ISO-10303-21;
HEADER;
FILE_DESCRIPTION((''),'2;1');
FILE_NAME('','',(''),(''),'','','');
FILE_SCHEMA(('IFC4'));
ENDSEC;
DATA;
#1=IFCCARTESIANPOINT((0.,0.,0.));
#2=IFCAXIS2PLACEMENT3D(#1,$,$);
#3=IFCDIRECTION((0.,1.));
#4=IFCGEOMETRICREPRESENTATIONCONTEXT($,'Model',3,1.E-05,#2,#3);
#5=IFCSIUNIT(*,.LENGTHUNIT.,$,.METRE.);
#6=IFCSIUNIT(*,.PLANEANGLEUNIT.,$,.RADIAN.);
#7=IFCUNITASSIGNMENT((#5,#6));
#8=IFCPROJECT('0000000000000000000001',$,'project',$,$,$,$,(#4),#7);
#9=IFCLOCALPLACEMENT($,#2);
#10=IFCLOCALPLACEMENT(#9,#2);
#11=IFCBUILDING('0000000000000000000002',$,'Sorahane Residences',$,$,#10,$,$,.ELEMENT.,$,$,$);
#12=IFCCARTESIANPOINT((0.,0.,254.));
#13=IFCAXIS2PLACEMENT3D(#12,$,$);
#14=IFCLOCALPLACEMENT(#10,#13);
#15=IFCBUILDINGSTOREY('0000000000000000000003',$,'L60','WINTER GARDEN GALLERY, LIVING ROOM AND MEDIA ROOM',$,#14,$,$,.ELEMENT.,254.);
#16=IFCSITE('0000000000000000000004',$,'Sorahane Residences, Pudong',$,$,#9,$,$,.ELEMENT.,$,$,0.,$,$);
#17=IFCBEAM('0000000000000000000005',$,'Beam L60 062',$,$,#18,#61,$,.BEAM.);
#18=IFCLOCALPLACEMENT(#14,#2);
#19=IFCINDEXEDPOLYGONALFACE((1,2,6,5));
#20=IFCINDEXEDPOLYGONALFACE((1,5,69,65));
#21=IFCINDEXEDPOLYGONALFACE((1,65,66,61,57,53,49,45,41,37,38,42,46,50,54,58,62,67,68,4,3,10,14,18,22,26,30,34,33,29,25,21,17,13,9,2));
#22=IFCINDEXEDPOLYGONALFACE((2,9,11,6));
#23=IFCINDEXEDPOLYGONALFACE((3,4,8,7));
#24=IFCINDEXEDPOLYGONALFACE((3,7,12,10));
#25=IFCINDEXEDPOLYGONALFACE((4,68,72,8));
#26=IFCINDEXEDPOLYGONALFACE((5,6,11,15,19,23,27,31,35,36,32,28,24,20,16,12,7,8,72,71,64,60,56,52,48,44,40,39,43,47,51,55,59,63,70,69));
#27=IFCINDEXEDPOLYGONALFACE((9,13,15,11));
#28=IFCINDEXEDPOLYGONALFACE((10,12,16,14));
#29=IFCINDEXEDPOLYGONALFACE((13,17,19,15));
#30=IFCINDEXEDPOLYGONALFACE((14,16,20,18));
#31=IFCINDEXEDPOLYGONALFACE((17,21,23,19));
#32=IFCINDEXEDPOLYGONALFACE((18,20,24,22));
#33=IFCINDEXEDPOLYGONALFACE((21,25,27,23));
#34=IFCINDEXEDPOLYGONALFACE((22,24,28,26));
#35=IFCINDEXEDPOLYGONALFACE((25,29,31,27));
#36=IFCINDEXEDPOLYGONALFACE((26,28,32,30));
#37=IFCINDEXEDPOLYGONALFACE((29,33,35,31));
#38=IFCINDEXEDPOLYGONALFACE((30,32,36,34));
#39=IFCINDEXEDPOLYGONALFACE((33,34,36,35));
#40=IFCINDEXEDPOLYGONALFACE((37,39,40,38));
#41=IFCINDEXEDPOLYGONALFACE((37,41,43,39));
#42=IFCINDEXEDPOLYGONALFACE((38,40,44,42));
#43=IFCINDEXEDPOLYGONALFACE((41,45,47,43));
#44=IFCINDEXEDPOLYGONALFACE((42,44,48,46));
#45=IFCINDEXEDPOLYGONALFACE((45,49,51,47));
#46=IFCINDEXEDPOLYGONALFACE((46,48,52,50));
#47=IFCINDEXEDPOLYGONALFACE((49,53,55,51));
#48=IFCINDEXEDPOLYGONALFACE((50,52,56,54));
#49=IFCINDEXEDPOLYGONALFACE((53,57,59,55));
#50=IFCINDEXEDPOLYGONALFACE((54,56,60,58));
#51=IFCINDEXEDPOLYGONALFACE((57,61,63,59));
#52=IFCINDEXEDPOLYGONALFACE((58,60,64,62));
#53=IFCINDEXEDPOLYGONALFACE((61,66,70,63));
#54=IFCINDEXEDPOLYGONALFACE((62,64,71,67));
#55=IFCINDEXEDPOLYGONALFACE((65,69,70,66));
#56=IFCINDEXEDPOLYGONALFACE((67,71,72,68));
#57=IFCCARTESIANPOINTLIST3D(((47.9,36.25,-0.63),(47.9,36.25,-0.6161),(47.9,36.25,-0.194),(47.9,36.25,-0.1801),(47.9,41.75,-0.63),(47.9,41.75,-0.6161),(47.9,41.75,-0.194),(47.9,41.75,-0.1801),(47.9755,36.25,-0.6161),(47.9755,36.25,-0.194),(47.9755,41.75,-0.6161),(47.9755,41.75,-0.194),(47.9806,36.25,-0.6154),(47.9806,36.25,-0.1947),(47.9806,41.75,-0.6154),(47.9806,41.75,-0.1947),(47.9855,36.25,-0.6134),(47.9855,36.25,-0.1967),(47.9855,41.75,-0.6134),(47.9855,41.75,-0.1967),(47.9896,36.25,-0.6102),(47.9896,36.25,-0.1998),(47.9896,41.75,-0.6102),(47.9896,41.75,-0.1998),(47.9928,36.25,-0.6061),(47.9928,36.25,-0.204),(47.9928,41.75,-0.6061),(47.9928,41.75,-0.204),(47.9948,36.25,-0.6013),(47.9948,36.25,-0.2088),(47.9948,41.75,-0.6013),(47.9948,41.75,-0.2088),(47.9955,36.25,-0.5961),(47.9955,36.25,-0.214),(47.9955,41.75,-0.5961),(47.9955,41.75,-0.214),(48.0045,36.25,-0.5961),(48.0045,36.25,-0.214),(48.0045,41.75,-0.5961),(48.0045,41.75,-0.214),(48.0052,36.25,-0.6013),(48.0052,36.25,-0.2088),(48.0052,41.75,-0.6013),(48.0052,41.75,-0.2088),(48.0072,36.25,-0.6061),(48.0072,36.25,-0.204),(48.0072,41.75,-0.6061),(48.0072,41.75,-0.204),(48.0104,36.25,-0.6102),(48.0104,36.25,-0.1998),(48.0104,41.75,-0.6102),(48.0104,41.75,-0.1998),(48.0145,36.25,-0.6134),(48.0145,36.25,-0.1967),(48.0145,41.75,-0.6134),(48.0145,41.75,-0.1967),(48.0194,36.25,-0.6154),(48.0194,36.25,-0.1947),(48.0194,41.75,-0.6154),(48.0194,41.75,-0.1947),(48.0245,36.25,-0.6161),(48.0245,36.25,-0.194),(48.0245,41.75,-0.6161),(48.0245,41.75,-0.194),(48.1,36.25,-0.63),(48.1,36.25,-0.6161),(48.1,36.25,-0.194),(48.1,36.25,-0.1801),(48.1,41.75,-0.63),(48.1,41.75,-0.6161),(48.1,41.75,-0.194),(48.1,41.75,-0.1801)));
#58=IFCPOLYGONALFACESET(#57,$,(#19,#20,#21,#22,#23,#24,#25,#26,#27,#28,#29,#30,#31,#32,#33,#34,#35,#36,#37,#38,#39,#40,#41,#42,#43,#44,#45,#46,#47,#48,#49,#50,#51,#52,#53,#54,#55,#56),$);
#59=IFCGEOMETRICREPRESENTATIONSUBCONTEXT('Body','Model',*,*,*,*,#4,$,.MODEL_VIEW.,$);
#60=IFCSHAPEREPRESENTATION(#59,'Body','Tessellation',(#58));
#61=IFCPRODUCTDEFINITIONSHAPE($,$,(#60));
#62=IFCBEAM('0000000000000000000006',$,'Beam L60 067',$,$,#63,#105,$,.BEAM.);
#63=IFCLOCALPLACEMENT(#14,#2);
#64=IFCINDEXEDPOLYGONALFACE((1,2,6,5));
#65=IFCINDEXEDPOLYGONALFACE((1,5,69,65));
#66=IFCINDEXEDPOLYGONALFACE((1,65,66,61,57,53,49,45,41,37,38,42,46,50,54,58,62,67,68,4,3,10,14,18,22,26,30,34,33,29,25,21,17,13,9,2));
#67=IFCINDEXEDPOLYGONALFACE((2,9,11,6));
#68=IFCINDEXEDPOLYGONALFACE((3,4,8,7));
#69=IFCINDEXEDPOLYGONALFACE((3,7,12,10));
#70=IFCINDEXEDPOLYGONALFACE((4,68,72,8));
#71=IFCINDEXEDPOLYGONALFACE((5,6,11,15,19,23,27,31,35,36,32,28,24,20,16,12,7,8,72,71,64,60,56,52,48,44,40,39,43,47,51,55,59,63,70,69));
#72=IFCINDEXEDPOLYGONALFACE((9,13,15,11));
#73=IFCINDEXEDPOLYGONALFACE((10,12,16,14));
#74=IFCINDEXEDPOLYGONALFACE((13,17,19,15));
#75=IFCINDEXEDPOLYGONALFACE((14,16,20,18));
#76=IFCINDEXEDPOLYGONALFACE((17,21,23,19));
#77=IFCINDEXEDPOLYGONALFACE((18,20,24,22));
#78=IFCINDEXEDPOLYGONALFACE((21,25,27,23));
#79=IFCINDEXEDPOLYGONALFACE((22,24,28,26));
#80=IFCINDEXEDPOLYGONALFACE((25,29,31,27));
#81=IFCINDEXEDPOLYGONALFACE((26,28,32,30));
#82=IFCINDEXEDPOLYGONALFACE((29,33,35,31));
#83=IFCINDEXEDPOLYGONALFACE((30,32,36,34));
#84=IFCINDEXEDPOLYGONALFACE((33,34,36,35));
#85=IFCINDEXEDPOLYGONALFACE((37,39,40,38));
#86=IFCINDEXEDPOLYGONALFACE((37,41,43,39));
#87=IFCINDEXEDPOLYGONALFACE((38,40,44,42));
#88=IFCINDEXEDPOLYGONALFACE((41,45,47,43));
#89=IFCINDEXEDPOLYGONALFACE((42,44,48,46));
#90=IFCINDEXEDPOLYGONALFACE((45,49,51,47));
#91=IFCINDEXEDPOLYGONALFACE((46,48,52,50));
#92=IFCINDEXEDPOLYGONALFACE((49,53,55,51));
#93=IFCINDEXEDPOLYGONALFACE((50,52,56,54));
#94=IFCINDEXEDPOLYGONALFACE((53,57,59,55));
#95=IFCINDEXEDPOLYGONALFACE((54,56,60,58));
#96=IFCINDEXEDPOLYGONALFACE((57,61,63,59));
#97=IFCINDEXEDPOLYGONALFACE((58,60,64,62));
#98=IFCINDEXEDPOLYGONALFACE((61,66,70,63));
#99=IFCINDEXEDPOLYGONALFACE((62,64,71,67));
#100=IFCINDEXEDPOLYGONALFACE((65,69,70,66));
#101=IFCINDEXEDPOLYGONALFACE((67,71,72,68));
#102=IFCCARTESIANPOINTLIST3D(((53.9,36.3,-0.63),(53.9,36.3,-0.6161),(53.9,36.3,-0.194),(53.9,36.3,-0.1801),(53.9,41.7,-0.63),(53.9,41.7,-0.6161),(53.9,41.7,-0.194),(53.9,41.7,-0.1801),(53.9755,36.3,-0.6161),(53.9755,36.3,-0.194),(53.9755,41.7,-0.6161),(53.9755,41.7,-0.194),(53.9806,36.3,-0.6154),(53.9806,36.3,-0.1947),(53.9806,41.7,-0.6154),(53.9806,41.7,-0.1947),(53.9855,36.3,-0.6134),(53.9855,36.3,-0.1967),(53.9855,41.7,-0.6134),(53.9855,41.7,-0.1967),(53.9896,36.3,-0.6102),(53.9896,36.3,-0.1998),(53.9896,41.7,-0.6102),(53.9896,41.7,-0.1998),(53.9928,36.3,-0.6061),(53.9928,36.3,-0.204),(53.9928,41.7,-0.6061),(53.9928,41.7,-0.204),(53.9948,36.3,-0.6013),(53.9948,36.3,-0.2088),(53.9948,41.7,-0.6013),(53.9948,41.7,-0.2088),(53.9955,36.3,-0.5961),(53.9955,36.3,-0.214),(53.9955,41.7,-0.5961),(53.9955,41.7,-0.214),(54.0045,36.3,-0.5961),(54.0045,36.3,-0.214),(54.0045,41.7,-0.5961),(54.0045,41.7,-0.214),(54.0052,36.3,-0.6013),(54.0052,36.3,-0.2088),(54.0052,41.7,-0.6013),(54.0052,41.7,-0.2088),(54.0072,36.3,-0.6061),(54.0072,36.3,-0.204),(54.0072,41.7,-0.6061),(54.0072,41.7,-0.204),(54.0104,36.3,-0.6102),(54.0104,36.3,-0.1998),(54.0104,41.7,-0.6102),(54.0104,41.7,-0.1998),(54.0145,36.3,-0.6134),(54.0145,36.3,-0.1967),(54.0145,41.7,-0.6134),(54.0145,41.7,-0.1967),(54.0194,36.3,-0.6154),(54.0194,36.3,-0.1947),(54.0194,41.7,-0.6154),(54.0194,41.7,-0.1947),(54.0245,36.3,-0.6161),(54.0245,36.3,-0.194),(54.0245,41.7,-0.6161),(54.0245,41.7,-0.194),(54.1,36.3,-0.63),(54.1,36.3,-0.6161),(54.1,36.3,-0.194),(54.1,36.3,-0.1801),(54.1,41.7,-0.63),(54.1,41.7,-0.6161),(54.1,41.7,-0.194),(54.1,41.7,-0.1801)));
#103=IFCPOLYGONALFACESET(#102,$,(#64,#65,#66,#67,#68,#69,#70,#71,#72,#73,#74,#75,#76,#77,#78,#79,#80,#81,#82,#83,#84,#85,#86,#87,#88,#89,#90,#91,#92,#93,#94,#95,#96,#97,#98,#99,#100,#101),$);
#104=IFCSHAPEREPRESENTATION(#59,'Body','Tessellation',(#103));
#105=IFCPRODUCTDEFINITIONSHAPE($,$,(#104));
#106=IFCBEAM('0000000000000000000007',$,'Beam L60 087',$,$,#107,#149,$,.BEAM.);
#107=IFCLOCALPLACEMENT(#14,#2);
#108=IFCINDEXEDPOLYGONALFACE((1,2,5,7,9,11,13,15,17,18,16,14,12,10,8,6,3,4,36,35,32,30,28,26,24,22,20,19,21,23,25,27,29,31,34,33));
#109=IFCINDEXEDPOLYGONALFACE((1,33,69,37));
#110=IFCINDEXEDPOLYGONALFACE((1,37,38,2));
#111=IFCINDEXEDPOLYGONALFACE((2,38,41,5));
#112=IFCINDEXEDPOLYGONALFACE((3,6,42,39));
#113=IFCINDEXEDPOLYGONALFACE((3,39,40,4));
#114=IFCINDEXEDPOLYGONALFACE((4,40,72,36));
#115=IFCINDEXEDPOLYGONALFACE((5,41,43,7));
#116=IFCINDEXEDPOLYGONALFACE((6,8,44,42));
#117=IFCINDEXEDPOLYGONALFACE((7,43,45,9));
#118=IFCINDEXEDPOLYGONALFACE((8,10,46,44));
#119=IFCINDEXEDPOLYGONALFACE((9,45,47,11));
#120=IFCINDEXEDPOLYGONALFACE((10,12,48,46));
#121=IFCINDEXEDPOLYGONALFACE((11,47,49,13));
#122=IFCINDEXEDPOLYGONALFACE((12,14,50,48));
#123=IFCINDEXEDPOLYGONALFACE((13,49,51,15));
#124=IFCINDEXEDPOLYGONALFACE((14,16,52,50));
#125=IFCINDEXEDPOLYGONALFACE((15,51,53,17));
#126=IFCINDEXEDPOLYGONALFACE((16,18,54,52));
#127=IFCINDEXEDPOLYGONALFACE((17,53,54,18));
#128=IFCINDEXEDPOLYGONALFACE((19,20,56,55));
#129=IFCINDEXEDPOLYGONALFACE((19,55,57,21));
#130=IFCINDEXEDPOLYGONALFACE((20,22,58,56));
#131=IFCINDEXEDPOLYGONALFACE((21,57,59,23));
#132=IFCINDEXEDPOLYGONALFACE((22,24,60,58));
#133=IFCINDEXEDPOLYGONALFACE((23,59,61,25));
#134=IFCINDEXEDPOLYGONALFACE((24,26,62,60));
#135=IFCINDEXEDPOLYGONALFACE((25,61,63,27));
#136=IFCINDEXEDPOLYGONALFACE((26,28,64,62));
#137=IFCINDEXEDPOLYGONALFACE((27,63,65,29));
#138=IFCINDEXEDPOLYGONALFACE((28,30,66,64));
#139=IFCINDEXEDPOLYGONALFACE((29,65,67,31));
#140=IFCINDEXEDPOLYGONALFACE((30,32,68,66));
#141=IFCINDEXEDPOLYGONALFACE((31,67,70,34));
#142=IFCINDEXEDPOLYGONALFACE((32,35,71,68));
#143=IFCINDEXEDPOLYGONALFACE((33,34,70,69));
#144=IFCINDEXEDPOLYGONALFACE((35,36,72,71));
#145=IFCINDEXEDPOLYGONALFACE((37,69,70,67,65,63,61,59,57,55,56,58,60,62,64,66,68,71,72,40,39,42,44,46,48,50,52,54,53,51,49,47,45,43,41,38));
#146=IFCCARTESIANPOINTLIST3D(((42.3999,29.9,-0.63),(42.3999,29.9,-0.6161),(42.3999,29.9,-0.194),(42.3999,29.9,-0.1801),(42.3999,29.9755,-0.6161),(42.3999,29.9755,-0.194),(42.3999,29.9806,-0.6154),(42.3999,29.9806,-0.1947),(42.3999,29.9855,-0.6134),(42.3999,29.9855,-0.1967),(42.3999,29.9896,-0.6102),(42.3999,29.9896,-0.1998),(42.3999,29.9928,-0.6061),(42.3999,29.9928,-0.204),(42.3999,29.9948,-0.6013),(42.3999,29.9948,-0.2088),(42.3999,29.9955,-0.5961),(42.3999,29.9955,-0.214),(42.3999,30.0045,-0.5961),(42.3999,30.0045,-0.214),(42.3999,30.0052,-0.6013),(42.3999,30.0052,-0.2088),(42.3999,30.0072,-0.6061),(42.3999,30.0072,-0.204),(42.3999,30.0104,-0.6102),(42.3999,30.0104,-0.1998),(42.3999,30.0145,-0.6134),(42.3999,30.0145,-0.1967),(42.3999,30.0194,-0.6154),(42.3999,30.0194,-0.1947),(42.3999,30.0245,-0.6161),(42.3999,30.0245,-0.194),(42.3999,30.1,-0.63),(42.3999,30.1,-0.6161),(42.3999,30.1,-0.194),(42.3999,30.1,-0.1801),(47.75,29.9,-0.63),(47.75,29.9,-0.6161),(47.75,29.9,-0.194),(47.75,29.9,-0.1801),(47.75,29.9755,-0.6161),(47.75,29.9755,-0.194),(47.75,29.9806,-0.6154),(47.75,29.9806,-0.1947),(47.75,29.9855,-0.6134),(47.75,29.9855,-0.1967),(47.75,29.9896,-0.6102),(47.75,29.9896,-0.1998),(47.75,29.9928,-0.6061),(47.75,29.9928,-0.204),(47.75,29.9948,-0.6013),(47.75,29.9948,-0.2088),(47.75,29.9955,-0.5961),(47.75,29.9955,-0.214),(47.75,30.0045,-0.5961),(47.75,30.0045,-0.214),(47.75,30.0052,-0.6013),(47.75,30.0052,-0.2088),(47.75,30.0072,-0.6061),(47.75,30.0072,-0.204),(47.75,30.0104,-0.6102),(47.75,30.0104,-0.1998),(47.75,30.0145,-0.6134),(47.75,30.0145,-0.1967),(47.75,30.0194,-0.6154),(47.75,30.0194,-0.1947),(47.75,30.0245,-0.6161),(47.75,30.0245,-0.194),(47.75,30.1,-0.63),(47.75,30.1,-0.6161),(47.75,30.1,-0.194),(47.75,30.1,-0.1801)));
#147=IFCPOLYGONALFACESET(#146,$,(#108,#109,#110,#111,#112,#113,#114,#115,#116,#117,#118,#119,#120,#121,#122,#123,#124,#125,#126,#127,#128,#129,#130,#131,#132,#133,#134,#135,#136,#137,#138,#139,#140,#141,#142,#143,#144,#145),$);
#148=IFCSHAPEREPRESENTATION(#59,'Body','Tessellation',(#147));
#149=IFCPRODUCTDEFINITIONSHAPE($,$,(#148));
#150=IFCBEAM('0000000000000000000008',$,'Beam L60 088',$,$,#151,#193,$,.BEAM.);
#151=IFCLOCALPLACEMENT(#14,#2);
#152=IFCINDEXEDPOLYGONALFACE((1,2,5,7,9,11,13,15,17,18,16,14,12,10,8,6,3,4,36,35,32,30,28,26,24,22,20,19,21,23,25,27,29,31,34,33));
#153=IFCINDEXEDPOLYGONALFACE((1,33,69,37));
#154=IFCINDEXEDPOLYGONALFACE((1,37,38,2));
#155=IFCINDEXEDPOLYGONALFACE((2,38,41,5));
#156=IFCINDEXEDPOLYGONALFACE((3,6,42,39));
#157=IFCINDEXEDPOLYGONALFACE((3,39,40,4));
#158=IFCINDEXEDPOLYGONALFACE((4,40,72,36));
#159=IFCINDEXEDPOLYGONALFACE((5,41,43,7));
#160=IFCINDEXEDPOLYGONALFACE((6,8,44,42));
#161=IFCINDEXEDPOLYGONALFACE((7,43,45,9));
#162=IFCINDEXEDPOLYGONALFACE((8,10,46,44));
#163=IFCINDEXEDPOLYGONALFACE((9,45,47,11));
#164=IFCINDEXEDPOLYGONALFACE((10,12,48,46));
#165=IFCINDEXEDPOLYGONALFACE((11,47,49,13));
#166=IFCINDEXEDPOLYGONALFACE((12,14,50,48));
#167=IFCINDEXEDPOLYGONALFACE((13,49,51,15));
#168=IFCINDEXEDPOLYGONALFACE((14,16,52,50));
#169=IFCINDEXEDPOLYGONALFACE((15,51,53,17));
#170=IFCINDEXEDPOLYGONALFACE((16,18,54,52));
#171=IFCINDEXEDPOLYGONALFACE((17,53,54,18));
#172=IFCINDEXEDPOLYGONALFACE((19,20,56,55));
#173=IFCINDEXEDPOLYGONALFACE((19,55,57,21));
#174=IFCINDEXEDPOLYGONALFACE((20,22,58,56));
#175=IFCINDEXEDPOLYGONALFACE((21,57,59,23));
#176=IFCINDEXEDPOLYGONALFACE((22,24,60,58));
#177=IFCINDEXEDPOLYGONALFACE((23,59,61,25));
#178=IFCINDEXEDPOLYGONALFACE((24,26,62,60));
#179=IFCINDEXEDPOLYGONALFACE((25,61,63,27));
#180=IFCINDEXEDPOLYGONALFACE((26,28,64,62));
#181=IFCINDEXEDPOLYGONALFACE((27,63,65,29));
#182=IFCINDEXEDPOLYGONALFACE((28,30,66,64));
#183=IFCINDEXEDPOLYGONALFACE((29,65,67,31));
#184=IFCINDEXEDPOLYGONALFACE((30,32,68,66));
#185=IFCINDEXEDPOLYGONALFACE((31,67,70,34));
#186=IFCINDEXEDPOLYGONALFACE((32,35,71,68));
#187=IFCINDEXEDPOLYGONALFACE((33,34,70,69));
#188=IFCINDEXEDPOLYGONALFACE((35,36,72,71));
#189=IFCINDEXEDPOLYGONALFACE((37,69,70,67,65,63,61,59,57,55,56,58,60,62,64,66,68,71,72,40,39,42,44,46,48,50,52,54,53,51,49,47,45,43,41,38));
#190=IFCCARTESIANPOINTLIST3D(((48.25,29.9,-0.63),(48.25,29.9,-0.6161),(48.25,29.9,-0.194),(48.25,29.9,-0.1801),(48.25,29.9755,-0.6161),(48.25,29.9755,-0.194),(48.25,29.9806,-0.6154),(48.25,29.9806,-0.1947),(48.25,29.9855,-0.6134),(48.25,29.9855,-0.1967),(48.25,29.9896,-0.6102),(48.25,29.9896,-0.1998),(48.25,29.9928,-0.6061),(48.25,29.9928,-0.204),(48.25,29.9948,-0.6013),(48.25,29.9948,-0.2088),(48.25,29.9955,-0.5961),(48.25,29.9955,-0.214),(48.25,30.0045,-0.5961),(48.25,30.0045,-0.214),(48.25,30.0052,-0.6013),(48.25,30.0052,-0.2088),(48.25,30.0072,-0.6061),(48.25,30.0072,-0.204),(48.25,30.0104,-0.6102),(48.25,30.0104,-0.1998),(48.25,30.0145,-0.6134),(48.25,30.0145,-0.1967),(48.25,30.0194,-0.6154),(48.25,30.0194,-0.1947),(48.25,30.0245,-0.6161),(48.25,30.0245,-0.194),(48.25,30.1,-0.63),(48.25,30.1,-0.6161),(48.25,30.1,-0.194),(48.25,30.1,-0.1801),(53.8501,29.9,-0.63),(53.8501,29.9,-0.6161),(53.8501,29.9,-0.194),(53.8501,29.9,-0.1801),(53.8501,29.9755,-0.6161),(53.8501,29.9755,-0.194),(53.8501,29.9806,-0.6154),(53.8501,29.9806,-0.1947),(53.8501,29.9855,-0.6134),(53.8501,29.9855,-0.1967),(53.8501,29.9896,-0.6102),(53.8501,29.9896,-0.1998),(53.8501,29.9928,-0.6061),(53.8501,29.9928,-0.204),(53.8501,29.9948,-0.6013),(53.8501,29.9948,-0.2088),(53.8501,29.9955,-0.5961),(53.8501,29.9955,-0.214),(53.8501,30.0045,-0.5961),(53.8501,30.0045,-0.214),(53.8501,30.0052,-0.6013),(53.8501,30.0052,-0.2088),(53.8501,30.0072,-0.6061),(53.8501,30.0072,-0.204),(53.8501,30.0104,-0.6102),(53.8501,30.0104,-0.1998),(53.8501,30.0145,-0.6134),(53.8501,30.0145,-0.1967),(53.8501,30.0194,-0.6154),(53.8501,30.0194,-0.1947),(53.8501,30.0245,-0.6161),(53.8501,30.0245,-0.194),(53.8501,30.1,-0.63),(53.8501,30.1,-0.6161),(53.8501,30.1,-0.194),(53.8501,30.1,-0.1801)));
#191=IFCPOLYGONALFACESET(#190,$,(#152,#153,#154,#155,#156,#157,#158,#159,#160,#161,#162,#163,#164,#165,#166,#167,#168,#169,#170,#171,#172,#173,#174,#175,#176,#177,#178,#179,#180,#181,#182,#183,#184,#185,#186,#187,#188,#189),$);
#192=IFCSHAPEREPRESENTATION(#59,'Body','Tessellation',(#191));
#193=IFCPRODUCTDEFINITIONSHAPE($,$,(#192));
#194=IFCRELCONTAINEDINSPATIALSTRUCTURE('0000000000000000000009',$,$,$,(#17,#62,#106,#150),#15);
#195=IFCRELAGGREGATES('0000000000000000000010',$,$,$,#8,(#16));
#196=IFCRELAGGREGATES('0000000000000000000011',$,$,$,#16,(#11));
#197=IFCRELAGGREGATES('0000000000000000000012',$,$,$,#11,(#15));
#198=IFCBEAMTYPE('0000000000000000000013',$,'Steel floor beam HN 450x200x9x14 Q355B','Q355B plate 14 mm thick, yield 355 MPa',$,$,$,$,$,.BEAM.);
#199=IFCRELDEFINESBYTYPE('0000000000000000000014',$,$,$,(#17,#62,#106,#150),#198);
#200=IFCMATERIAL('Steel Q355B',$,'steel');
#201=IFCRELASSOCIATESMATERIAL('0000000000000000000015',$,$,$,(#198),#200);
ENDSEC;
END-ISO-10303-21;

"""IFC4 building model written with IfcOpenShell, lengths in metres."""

from ifc_helpers import new_model, si_unit, direction, frame, origin, origin_2d, place, context, subcontext, project, spatial, i_section, extrude, material, material_profile, profile_set, type_object, element, save


model = new_model("IFC4")

# Units and contexts
model_context = context("Model", 3, precision=1e-05, world=origin(), true_north=direction((0.0, 1.0)))
body_context = subcontext(model_context, "Body", "Model", "MODEL_VIEW")
ifc_project = project(units=[si_unit("LENGTHUNIT", "METRE"), si_unit("PLANEANGLEUNIT", "RADIAN")], contexts=[model_context])

# Site, building, storey
site_placement = place(None, origin())
site = spatial("IfcSite", under=ifc_project, at=site_placement, Name="Sorahane Residences, Pudong", CompositionType="ELEMENT", RefElevation=0.0)
building_placement = place(site_placement, origin())
building = spatial("IfcBuilding", under=site, at=building_placement, Name="Sorahane Residences", CompositionType="ELEMENT")
storey_placement = place(building_placement, frame((0.0, 0.0, 254.0)))
storey = spatial("IfcBuildingStorey", under=building, at=storey_placement, Name="L60", Description="WINTER GARDEN GALLERY, LIVING ROOM AND MEDIA ROOM", CompositionType="ELEMENT", Elevation=254.0)

# Beams
ifc_material_1 = material(Name="Steel Q355B", Category="steel")
ifc_material_profile_1 = material_profile(ifc_material_1, i_section(OverallWidth=0.2, OverallDepth=0.45, WebThickness=0.009, FlangeThickness=0.0139, FilletRadius=0.02, at=origin_2d()), Name="HN 450x200x9x14")
ifc_profile_set_1 = profile_set([ifc_material_profile_1], Name="Steel Q355B")
beam_type_1 = type_object("IfcBeamType", Name="Steel floor beam HN 450x200x9x14 Q355B", Description="Q355B plate 14 mm thick, yield 355 MPa", PredefinedType="BEAM", material=ifc_profile_set_1)
for number, where, z_axis, x_axis, name in (
    (1, (48.0, 36.25, -0.405), (0.0, 1.0, 0.0), (-1.0, 0.0, 0.0), "Beam L60 062"),
):
    element("IfcBeam", number, at=place(storey_placement, frame(where, z_axis=z_axis, x_axis=x_axis)), inside=storey, type_object=beam_type_1, Name=name, PredefinedType="BEAM", context=body_context, shape_type="SweptSolid", body=[
        extrude(i_section(OverallWidth=0.2, OverallDepth=0.45, WebThickness=0.009, FlangeThickness=0.0139, FilletRadius=0.02, at=origin_2d()), origin(), (0.0, 0.0, 1.0), 5.5),
    ])
beam_1_placement = place(storey_placement, frame((54.0, 36.3, -0.405), z_axis=(0.0, 1.0, 0.0), x_axis=(-1.0, 0.0, 0.0)))
element("IfcBeam", 2, at=beam_1_placement, inside=storey, type_object=beam_type_1, Name="Beam L60 067", PredefinedType="BEAM", context=body_context, shape_type="SweptSolid", body=[
    extrude(i_section(OverallWidth=0.2, OverallDepth=0.45, WebThickness=0.009, FlangeThickness=0.0139, FilletRadius=0.02, at=origin_2d()), origin(), (0.0, 0.0, 1.0), 5.3999),
])
beam_2_placement = place(storey_placement, frame((42.3999, 30.0, -0.405), z_axis=(1.0, 0.0, 0.0), x_axis=(0.0, 1.0, 0.0)))
element("IfcBeam", 3, at=beam_2_placement, inside=storey, type_object=beam_type_1, Name="Beam L60 087", PredefinedType="BEAM", context=body_context, shape_type="SweptSolid", body=[
    extrude(i_section(OverallWidth=0.2, OverallDepth=0.45, WebThickness=0.009, FlangeThickness=0.0139, FilletRadius=0.02, at=origin_2d()), origin(), (0.0, 0.0, 1.0), 5.3501),
])
beam_3_placement = place(storey_placement, frame((48.25, 30.0, -0.405), z_axis=(1.0, 0.0, 0.0), x_axis=(0.0, 1.0, 0.0)))
element("IfcBeam", 4, at=beam_3_placement, inside=storey, type_object=beam_type_1, Name="Beam L60 088", PredefinedType="BEAM", context=body_context, shape_type="SweptSolid", body=[
    extrude(i_section(OverallWidth=0.2, OverallDepth=0.45, WebThickness=0.009, FlangeThickness=0.0139, FilletRadius=0.02, at=origin_2d()), origin(), (0.0, 0.0, 1.0), 5.6001),
])

save(model, "model.ifc")
